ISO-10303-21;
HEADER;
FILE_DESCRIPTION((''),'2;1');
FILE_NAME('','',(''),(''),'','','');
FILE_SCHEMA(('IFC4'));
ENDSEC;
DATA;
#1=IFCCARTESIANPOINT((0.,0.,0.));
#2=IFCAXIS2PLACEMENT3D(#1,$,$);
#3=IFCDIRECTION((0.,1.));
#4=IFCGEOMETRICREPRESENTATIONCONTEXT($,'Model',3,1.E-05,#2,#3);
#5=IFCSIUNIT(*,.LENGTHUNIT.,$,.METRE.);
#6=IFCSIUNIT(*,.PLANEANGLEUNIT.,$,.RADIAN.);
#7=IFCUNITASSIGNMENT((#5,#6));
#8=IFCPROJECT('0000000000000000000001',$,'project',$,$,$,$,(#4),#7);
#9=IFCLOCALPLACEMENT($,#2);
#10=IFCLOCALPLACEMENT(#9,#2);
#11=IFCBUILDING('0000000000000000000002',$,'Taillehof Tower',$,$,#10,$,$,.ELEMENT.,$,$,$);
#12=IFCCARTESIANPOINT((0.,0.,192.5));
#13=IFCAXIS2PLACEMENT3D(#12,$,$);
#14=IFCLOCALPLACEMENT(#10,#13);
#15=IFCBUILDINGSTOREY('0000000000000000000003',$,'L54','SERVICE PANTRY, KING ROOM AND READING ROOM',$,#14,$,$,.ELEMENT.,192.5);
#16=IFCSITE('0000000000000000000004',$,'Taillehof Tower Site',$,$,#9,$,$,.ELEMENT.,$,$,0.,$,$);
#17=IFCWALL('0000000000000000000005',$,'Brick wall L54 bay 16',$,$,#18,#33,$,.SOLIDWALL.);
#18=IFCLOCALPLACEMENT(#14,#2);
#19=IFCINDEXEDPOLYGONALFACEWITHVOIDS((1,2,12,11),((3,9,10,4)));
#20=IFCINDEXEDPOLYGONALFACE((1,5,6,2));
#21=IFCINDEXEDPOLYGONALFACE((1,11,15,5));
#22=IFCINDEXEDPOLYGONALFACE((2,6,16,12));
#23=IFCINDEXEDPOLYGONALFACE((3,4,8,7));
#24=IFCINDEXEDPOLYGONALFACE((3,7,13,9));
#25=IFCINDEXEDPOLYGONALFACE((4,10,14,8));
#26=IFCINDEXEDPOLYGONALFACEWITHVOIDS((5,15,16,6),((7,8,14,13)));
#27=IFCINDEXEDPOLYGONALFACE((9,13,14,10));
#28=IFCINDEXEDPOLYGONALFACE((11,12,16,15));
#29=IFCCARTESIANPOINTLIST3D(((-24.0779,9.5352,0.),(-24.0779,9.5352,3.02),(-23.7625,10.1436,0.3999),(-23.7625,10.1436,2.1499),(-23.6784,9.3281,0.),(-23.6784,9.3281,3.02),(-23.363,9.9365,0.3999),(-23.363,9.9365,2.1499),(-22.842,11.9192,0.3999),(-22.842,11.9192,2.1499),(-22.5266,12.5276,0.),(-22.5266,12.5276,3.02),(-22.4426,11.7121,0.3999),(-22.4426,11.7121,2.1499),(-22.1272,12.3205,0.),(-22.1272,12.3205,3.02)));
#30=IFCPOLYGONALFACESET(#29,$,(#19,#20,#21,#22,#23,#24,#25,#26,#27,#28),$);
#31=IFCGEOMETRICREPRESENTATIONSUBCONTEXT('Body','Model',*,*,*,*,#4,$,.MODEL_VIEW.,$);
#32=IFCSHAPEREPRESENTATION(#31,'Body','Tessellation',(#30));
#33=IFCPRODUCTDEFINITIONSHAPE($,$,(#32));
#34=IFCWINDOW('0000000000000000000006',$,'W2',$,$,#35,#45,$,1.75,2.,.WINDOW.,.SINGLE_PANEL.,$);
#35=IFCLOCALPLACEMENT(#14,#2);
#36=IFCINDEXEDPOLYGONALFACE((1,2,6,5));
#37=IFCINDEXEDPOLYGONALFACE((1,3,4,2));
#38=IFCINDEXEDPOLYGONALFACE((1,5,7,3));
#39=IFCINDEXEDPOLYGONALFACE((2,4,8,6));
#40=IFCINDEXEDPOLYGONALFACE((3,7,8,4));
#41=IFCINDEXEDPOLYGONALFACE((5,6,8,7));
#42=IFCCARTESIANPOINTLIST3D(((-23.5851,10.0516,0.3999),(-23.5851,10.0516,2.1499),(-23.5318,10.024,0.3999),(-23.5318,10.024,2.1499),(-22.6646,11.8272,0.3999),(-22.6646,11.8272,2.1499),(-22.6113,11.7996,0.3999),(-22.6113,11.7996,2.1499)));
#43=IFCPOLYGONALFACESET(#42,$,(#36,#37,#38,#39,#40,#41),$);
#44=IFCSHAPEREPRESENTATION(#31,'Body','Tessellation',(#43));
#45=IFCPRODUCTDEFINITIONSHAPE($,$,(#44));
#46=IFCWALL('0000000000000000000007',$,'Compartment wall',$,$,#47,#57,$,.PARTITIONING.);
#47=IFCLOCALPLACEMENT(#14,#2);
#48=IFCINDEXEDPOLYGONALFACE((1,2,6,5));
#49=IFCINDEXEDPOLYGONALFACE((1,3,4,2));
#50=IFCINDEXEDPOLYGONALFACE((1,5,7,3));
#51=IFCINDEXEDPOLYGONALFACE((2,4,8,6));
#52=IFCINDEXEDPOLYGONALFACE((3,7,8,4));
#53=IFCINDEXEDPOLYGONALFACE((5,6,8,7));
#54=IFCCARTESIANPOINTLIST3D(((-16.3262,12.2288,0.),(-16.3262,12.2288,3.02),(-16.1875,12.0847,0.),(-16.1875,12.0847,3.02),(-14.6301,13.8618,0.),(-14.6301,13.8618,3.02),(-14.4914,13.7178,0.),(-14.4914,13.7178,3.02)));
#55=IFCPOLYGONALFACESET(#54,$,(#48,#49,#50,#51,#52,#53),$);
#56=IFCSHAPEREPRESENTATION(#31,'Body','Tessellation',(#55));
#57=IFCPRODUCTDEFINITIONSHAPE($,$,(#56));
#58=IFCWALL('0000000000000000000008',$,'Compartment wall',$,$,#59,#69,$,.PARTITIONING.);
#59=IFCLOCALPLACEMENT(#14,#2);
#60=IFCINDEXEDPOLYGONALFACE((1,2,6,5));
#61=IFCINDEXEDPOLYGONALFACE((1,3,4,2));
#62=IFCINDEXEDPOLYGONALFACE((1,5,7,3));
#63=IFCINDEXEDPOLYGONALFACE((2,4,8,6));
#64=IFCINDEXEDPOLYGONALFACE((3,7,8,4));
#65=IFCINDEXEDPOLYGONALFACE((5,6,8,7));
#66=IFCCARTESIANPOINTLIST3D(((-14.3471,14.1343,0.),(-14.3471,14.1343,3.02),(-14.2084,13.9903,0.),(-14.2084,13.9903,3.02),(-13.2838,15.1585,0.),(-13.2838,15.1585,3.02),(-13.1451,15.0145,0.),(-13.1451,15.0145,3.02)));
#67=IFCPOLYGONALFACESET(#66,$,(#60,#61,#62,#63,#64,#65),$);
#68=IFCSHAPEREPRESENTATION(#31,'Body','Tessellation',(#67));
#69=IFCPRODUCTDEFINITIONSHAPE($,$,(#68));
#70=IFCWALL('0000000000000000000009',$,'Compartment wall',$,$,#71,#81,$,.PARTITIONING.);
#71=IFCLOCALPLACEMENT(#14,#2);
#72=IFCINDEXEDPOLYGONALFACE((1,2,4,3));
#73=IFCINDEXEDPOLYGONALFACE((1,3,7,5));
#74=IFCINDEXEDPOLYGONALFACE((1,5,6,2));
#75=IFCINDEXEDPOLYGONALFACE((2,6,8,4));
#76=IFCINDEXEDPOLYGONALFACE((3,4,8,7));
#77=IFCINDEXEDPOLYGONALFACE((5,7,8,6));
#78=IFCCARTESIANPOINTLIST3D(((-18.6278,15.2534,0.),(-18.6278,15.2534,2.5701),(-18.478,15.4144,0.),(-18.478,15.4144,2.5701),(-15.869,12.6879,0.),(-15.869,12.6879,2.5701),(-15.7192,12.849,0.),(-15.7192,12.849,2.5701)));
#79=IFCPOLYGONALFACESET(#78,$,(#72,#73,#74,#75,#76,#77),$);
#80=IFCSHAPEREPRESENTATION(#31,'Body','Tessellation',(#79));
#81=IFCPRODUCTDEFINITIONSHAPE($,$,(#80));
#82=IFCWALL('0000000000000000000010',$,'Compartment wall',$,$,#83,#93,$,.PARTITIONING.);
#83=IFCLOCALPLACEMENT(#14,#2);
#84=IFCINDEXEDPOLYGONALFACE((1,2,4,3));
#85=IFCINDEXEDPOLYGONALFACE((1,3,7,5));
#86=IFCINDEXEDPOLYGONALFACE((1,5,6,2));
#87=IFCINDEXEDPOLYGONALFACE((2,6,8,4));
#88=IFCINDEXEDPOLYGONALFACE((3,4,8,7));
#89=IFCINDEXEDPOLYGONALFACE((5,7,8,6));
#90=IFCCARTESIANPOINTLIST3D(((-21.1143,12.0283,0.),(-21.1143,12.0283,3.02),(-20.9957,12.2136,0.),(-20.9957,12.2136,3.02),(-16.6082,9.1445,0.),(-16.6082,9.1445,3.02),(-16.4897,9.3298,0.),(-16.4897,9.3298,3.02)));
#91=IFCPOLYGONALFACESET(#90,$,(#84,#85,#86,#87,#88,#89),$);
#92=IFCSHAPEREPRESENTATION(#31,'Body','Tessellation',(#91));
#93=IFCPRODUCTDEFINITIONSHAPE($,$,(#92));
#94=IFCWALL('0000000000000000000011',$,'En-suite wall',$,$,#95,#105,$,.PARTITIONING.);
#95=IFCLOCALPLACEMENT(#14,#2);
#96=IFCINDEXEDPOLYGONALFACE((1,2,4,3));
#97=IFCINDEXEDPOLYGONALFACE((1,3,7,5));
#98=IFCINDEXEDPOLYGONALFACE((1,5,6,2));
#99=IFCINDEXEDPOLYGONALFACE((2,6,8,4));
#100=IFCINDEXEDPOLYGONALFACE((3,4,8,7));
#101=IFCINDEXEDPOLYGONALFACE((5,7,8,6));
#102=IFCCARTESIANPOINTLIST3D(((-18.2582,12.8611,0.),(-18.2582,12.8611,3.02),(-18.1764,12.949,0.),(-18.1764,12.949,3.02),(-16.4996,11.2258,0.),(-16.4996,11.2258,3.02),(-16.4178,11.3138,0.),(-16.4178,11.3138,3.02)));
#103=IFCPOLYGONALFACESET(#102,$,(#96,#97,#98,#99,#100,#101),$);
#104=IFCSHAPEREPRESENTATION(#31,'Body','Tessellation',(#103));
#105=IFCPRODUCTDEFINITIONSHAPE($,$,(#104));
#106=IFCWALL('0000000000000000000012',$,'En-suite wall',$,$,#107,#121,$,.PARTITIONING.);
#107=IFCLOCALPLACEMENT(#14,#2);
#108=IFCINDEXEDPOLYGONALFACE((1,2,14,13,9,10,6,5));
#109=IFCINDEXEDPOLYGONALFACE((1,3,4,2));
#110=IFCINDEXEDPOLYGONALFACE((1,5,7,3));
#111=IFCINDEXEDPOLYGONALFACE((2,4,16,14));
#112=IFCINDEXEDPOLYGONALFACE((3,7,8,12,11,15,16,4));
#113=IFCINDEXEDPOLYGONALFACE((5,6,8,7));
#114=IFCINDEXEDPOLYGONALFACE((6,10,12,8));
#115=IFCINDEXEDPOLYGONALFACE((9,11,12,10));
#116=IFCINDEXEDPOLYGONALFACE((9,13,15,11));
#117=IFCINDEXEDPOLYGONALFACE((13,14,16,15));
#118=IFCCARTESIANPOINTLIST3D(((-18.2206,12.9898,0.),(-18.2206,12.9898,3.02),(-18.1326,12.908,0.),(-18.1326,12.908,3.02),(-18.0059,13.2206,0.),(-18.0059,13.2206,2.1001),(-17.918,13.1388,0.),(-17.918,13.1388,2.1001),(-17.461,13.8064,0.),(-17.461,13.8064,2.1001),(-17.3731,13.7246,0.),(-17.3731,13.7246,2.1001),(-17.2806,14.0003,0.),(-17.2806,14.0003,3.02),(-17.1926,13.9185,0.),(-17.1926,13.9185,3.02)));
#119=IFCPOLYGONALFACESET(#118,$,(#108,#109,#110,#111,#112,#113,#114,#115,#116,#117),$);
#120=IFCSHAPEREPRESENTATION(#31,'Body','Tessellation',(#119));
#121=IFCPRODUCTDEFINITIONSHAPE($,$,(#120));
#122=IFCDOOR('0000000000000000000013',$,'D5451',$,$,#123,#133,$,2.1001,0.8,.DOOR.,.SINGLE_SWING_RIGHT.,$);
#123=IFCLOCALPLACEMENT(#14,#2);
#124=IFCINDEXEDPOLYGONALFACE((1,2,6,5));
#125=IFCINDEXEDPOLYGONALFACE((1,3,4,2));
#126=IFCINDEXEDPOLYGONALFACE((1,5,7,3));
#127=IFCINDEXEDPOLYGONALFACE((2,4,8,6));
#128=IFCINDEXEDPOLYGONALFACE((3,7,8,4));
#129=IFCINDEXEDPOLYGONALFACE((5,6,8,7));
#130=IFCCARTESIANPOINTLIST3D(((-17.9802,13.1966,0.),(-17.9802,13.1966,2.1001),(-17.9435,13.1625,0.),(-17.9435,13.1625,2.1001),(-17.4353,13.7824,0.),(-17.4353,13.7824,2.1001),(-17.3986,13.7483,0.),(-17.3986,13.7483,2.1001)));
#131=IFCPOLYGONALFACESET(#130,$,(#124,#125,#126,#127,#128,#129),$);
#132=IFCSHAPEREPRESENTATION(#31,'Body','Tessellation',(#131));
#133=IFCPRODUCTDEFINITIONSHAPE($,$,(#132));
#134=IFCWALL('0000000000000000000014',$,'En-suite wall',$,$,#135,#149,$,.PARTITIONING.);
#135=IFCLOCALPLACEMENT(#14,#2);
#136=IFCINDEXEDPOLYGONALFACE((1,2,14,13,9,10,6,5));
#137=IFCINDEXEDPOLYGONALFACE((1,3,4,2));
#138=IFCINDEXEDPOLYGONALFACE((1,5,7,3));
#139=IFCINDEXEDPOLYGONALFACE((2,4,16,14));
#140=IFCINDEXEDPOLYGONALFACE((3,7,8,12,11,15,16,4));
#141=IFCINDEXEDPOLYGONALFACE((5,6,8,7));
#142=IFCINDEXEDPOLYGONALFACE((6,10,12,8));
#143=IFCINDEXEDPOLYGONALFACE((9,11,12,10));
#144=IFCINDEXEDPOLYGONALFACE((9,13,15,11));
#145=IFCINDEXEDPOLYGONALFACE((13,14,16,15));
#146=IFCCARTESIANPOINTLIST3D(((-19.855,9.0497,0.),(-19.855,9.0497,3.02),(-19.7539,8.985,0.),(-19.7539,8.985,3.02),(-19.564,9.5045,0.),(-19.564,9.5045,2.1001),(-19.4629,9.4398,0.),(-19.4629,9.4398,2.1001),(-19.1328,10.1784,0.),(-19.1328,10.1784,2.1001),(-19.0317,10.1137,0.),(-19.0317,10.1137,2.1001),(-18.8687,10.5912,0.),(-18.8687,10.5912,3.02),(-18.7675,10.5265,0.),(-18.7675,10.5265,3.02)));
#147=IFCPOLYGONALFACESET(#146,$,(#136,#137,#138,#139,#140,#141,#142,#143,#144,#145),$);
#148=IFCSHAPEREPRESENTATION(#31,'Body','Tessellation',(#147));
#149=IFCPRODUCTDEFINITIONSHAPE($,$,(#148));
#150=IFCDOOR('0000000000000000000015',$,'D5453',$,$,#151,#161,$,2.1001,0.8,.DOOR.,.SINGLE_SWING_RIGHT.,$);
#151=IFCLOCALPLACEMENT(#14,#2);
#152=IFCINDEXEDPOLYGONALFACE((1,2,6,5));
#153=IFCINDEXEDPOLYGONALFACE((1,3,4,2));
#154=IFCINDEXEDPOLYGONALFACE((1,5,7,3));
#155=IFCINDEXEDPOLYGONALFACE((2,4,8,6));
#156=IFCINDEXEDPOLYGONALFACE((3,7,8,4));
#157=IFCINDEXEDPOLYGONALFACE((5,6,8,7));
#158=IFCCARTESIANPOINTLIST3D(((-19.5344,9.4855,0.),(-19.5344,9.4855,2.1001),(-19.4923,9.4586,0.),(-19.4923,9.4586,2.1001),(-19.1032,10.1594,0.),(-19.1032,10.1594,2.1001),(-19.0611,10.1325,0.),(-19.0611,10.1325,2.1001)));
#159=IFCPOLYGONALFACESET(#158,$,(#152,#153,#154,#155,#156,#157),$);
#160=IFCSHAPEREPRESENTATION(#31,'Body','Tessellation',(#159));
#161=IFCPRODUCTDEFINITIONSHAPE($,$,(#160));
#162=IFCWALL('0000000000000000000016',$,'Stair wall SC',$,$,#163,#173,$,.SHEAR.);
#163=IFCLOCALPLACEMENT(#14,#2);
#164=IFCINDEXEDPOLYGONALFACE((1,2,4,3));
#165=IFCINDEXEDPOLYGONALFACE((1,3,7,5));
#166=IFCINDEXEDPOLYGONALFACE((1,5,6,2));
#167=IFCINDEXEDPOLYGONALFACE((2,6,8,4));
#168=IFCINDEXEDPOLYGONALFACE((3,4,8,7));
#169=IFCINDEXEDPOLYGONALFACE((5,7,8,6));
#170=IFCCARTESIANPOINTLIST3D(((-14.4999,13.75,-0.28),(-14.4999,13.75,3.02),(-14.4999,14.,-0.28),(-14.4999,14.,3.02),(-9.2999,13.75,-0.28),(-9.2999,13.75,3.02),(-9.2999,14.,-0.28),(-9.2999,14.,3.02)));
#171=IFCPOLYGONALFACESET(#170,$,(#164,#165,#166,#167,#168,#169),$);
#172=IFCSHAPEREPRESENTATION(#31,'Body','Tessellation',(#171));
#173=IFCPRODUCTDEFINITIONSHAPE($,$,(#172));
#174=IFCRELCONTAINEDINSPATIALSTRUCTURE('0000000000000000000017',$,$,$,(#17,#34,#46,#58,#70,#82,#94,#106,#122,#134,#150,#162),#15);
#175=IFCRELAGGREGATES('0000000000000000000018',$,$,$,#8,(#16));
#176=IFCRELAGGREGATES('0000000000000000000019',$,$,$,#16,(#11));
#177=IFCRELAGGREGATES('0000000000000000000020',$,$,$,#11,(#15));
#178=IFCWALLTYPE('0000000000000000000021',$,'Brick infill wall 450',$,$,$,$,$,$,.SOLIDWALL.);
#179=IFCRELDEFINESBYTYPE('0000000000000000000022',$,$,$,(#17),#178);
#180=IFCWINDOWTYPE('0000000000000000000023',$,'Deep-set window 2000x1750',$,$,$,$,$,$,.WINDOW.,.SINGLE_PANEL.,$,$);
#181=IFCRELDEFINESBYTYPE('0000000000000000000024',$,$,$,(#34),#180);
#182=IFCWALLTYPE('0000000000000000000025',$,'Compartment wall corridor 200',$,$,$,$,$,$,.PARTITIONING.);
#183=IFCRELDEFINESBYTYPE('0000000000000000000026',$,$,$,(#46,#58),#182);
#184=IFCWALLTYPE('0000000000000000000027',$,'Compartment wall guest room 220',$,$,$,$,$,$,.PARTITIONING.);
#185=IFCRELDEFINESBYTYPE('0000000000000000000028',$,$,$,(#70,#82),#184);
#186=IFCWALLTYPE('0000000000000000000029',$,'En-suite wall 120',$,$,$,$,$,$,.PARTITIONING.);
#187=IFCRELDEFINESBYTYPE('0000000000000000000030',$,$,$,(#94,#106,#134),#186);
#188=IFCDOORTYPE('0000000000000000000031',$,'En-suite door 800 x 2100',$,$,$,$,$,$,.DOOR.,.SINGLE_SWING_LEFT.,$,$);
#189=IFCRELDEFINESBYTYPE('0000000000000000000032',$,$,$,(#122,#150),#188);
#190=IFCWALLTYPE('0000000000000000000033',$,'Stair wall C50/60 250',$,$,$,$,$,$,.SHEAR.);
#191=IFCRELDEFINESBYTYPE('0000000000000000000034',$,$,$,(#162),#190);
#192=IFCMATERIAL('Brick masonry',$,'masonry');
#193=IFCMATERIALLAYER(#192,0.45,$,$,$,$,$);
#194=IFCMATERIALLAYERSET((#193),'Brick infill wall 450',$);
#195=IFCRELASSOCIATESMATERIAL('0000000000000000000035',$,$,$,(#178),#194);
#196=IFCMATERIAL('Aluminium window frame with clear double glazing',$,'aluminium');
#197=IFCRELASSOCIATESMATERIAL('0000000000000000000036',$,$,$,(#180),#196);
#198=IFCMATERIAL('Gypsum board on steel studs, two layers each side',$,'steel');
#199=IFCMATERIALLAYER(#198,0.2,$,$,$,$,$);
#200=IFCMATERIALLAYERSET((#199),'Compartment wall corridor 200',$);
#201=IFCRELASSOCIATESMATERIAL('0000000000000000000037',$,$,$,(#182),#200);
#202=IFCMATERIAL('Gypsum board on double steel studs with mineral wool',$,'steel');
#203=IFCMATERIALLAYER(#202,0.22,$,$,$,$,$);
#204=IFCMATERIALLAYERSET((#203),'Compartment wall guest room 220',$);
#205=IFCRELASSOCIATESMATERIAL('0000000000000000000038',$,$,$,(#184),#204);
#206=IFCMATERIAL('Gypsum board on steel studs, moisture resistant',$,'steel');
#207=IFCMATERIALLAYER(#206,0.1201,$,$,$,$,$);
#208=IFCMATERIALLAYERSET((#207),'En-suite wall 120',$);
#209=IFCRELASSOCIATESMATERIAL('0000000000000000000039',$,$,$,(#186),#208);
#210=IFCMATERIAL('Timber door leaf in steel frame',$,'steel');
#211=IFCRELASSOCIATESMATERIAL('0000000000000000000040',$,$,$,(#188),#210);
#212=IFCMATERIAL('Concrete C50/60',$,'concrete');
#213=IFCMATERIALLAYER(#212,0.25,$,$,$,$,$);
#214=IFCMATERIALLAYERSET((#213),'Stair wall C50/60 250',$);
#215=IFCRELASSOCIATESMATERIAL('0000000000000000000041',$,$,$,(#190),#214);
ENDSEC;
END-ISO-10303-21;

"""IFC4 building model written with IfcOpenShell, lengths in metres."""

from ifc_helpers import new_model, si_unit, direction, frame, frame_2d, origin, place, context, subcontext, project, spatial, rectangle, extrude, material, layer, layer_set, type_object, element, fill, save


model = new_model("IFC4")

# Units and contexts
model_context = context("Model", 3, precision=1e-05, world=origin(), true_north=direction((0.0, 1.0)))
body_context = subcontext(model_context, "Body", "Model", "MODEL_VIEW")
ifc_project = project(units=[si_unit("LENGTHUNIT", "METRE"), si_unit("PLANEANGLEUNIT", "RADIAN")], contexts=[model_context])

# Site, building, storey
site_placement = place(None, origin())
site = spatial("IfcSite", under=ifc_project, at=site_placement, Name="Taillehof Tower Site", CompositionType="ELEMENT", RefElevation=0.0)
building_placement = place(site_placement, origin())
building = spatial("IfcBuilding", under=site, at=building_placement, Name="Taillehof Tower", CompositionType="ELEMENT")
storey_placement = place(building_placement, frame((0.0, 0.0, 192.5)))
storey = spatial("IfcBuildingStorey", under=building, at=storey_placement, Name="L54", Description="SERVICE PANTRY, KING ROOM AND READING ROOM", CompositionType="ELEMENT", Elevation=192.5)

# Wall, opening, window
ifc_material_1 = material(Name="Brick masonry", Category="masonry")
ifc_layer_1 = layer(ifc_material_1, 0.45)
ifc_layer_set_1 = layer_set([ifc_layer_1], Name="Brick infill wall 450")
wall_type_1 = type_object("IfcWallType", Name="Brick infill wall 450", PredefinedType="SOLIDWALL", material=ifc_layer_set_1)
ifc_material_2 = material(Name="Aluminium window frame with clear double glazing", Category="aluminium")
window_type = type_object("IfcWindowType", Name="Deep-set window 2000x1750", PartitioningType="SINGLE_PANEL", PredefinedType="WINDOW", material=ifc_material_2)
wall_1_placement = place(storey_placement, frame((-22.3269, 12.4241, 0.0), z_axis=(0.0, 0.0, 1.0), x_axis=(-0.460233, -0.887798, 0.0)))
wall_1 = element("IfcWall", 1, at=wall_1_placement, inside=storey, type_object=wall_type_1, Name="Brick wall L54 bay 16", PredefinedType="SOLIDWALL", context=body_context, shape_type="SweptSolid", body=[
    extrude(rectangle(XDim=3.3706, YDim=0.45, at=frame_2d((1.6853, 0.0))), origin(), (0.0, 0.0, 1.0), 3.02),
])
opening_1_placement = place(wall_1_placement, frame((0.6853, 0.0, 0.3999)))
opening_1 = element("IfcOpeningElement", 2, at=opening_1_placement, cuts=wall_1, PredefinedType="OPENING", context=body_context, shape_type="SweptSolid", body=[
    extrude(rectangle(XDim=2.0, YDim=1.75, at=frame_2d((1.0, 0.875))), frame((0.0, 0.2349, 0.0), z_axis=(0.0, -1.0, 0.0), x_axis=(1.0, 0.0, 0.0)), (0.0, 0.0, 1.0), 0.47),
])
window_1_placement = place(opening_1_placement, origin())
window_1 = element("IfcWindow", 3, at=window_1_placement, inside=storey, type_object=window_type, Name="W2", OverallHeight=1.75, OverallWidth=2.0, PartitioningType="SINGLE_PANEL", PredefinedType="WINDOW", context=body_context, shape_type="SweptSolid", body=[
    extrude(rectangle(XDim=2.0, YDim=1.75, at=frame_2d((1.0, 0.875))), frame((0.0, 0.0349, 0.0), z_axis=(0.0, -1.0, 0.0), x_axis=(1.0, 0.0, 0.0)), (0.0, 0.0, 1.0), 0.0601),
])
fill(opening_1, window_1)

# Walls
ifc_material_3 = material(Name="Gypsum board on steel studs, two layers each side", Category="steel")
ifc_layer_2 = layer(ifc_material_3, 0.2)
ifc_layer_set_2 = layer_set([ifc_layer_2], Name="Compartment wall corridor 200")
wall_type_2 = type_object("IfcWallType", Name="Compartment wall corridor 200", PredefinedType="PARTITIONING", material=ifc_layer_set_2)
wall_2_placement = place(storey_placement, frame((-16.2568, 12.1567, 0.0), z_axis=(0.0, 0.0, 1.0), x_axis=(0.720357, 0.693604, 0.0)))
element("IfcWall", 4, at=wall_2_placement, inside=storey, type_object=wall_type_2, Name="Compartment wall", PredefinedType="PARTITIONING", context=body_context, shape_type="SweptSolid", body=[
    extrude(rectangle(XDim=2.3545, YDim=0.2, at=frame_2d((1.1772, 0.0))), origin(), (0.0, 0.0, 1.0), 3.02),
])
wall_3_placement = place(storey_placement, frame((-14.2778, 14.0623, 0.0), z_axis=(0.0, 0.0, 1.0), x_axis=(0.720213, 0.693753, 0.0)))
element("IfcWall", 5, at=wall_3_placement, inside=storey, type_object=wall_type_2, Name="Compartment wall", PredefinedType="PARTITIONING", context=body_context, shape_type="SweptSolid", body=[
    extrude(rectangle(XDim=1.4763, YDim=0.2, at=frame_2d((0.7383, 0.0))), origin(), (0.0, 0.0, 1.0), 3.02),
])
ifc_material_4 = material(Name="Gypsum board on double steel studs with mineral wool", Category="steel")
ifc_layer_3 = layer(ifc_material_4, 0.22)
ifc_layer_set_3 = layer_set([ifc_layer_3], Name="Compartment wall guest room 220")
wall_type_3 = type_object("IfcWallType", Name="Compartment wall guest room 220", PredefinedType="PARTITIONING", material=ifc_layer_set_3)
wall_4_placement = place(storey_placement, frame((-18.553, 15.334, 0.0), z_axis=(0.0, 0.0, 1.0), x_axis=(0.732304, -0.680978, 0.0)))
element("IfcWall", 6, at=wall_4_placement, inside=storey, type_object=wall_type_3, Name="Compartment wall", PredefinedType="PARTITIONING", context=body_context, shape_type="SweptSolid", body=[
    extrude(rectangle(XDim=3.7673, YDim=0.22, at=frame_2d((1.8838, 0.0))), origin(), (0.0, 0.0, 1.0), 2.5701),
])
wall_5_placement = place(storey_placement, frame((-21.0549, 12.1208, 0.0), z_axis=(0.0, 0.0, 1.0), x_axis=(0.842281, -0.539038, 0.0)))
element("IfcWall", 7, at=wall_5_placement, inside=storey, type_object=wall_type_3, Name="Compartment wall", PredefinedType="PARTITIONING", context=body_context, shape_type="SweptSolid", body=[
    extrude(rectangle(XDim=5.3499, YDim=0.22, at=frame_2d((2.6748, 0.0))), origin(), (0.0, 0.0, 1.0), 3.02),
])
ifc_material_5 = material(Name="Gypsum board on steel studs, moisture resistant", Category="steel")
ifc_layer_4 = layer(ifc_material_5, 0.1201)
ifc_layer_set_4 = layer_set([ifc_layer_4], Name="En-suite wall 120")
wall_type_4 = type_object("IfcWallType", Name="En-suite wall 120", PredefinedType="PARTITIONING", material=ifc_layer_set_4)
wall_6_placement = place(storey_placement, frame((-16.4587, 11.2698, 0.0), z_axis=(0.0, 0.0, 1.0), x_axis=(-0.732312, 0.68097, 0.0)))
element("IfcWall", 8, at=wall_6_placement, inside=storey, type_object=wall_type_4, Name="En-suite wall", PredefinedType="PARTITIONING", context=body_context, shape_type="SweptSolid", body=[
    extrude(rectangle(XDim=2.4014, YDim=0.1201, at=frame_2d((1.2007, 0.0))), origin(), (0.0, 0.0, 1.0), 3.02),
])

# Walls, openings, doors
wall_7_placement = place(storey_placement, frame((-18.1765, 12.949, 0.0), z_axis=(0.0, 0.0, 1.0), x_axis=(0.681082, 0.732207, 0.0)))
wall_7 = element("IfcWall", 9, at=wall_7_placement, inside=storey, type_object=wall_type_4, Name="En-suite wall", PredefinedType="PARTITIONING", context=body_context, shape_type="SweptSolid", body=[
    extrude(rectangle(XDim=1.3801, YDim=0.1201, at=frame_2d((0.6899, 0.0))), origin(), (0.0, 0.0, 1.0), 3.02),
])
opening_2_placement = place(wall_7_placement, frame((0.3152, 0.0, 0.0)))
opening_2 = element("IfcOpeningElement", 10, at=opening_2_placement, cuts=wall_7, PredefinedType="OPENING", context=body_context, shape_type="SweptSolid", body=[
    extrude(rectangle(XDim=0.8, YDim=2.1001, at=frame_2d((0.3999, 1.05))), frame((0.0, 0.0701, 0.0), z_axis=(0.0, -1.0, 0.0), x_axis=(1.0, 0.0, 0.0)), (0.0, 0.0, 1.0), 0.1401),
])
ifc_material_6 = material(Name="Timber door leaf in steel frame", Category="steel")
door_type = type_object("IfcDoorType", Name="En-suite door 800 x 2100", OperationType="SINGLE_SWING_LEFT", PredefinedType="DOOR", material=ifc_material_6)
door_1_placement = place(opening_2_placement, origin())
door_1 = element("IfcDoor", 11, at=door_1_placement, inside=storey, type_object=door_type, Name="D5451", OperationType="SINGLE_SWING_RIGHT", OverallHeight=2.1001, OverallWidth=0.8, PredefinedType="DOOR", context=body_context, shape_type="SweptSolid", body=[
    extrude(rectangle(XDim=0.8, YDim=2.1001, at=frame_2d((0.3999, 1.05))), frame((0.0, 0.0249, 0.0), z_axis=(0.0, -1.0, 0.0), x_axis=(1.0, 0.0, 0.0)), (0.0, 0.0, 1.0), 0.05),
])
fill(opening_2, door_1)
wall_8_placement = place(storey_placement, frame((-19.8044, 9.0173, 0.0), z_axis=(0.0, 0.0, 1.0), x_axis=(0.538963, 0.84233, 0.0)))
wall_8 = element("IfcWall", 12, at=wall_8_placement, inside=storey, type_object=wall_type_4, Name="En-suite wall", PredefinedType="PARTITIONING", context=body_context, shape_type="SweptSolid", body=[
    extrude(rectangle(XDim=1.8301, YDim=0.1201, at=frame_2d((0.915, 0.0))), origin(), (0.0, 0.0, 1.0), 3.02),
])
opening_3_placement = place(wall_8_placement, frame((0.54, 0.0, 0.0)))
opening_3 = element("IfcOpeningElement", 13, at=opening_3_placement, cuts=wall_8, PredefinedType="OPENING", context=body_context, shape_type="SweptSolid", body=[
    extrude(rectangle(XDim=0.8, YDim=2.1001, at=frame_2d((0.3999, 1.05))), frame((0.0, 0.0701, 0.0), z_axis=(0.0, -1.0, 0.0), x_axis=(1.0, 0.0, 0.0)), (0.0, 0.0, 1.0), 0.1401),
])
door_2_placement = place(opening_3_placement, origin())
door_2 = element("IfcDoor", 14, at=door_2_placement, inside=storey, type_object=door_type, Name="D5453", OperationType="SINGLE_SWING_RIGHT", OverallHeight=2.1001, OverallWidth=0.8, PredefinedType="DOOR", context=body_context, shape_type="SweptSolid", body=[
    extrude(rectangle(XDim=0.8, YDim=2.1001, at=frame_2d((0.3999, 1.05))), frame((0.0, 0.0249, 0.0), z_axis=(0.0, -1.0, 0.0), x_axis=(1.0, 0.0, 0.0)), (0.0, 0.0, 1.0), 0.05),
])
fill(opening_3, door_2)

# Wall
ifc_material_7 = material(Name="Concrete C50/60", Category="concrete")
ifc_layer_5 = layer(ifc_material_7, 0.25)
ifc_layer_set_5 = layer_set([ifc_layer_5], Name="Stair wall C50/60 250")
wall_type_5 = type_object("IfcWallType", Name="Stair wall C50/60 250", PredefinedType="SHEAR", material=ifc_layer_set_5)
wall_9_placement = place(storey_placement, frame((-14.5, 13.875, -0.28), z_axis=(0.0, 0.0, 1.0), x_axis=(1.0, 0.0, 0.0)))
element("IfcWall", 15, at=wall_9_placement, inside=storey, type_object=wall_type_5, Name="Stair wall SC", PredefinedType="SHEAR", context=body_context, shape_type="SweptSolid", body=[
    extrude(rectangle(XDim=5.2, YDim=0.25, at=frame_2d((2.6001, 0.0))), origin(), (0.0, 0.0, 1.0), 3.3),
])

save(model, "model.ifc")
